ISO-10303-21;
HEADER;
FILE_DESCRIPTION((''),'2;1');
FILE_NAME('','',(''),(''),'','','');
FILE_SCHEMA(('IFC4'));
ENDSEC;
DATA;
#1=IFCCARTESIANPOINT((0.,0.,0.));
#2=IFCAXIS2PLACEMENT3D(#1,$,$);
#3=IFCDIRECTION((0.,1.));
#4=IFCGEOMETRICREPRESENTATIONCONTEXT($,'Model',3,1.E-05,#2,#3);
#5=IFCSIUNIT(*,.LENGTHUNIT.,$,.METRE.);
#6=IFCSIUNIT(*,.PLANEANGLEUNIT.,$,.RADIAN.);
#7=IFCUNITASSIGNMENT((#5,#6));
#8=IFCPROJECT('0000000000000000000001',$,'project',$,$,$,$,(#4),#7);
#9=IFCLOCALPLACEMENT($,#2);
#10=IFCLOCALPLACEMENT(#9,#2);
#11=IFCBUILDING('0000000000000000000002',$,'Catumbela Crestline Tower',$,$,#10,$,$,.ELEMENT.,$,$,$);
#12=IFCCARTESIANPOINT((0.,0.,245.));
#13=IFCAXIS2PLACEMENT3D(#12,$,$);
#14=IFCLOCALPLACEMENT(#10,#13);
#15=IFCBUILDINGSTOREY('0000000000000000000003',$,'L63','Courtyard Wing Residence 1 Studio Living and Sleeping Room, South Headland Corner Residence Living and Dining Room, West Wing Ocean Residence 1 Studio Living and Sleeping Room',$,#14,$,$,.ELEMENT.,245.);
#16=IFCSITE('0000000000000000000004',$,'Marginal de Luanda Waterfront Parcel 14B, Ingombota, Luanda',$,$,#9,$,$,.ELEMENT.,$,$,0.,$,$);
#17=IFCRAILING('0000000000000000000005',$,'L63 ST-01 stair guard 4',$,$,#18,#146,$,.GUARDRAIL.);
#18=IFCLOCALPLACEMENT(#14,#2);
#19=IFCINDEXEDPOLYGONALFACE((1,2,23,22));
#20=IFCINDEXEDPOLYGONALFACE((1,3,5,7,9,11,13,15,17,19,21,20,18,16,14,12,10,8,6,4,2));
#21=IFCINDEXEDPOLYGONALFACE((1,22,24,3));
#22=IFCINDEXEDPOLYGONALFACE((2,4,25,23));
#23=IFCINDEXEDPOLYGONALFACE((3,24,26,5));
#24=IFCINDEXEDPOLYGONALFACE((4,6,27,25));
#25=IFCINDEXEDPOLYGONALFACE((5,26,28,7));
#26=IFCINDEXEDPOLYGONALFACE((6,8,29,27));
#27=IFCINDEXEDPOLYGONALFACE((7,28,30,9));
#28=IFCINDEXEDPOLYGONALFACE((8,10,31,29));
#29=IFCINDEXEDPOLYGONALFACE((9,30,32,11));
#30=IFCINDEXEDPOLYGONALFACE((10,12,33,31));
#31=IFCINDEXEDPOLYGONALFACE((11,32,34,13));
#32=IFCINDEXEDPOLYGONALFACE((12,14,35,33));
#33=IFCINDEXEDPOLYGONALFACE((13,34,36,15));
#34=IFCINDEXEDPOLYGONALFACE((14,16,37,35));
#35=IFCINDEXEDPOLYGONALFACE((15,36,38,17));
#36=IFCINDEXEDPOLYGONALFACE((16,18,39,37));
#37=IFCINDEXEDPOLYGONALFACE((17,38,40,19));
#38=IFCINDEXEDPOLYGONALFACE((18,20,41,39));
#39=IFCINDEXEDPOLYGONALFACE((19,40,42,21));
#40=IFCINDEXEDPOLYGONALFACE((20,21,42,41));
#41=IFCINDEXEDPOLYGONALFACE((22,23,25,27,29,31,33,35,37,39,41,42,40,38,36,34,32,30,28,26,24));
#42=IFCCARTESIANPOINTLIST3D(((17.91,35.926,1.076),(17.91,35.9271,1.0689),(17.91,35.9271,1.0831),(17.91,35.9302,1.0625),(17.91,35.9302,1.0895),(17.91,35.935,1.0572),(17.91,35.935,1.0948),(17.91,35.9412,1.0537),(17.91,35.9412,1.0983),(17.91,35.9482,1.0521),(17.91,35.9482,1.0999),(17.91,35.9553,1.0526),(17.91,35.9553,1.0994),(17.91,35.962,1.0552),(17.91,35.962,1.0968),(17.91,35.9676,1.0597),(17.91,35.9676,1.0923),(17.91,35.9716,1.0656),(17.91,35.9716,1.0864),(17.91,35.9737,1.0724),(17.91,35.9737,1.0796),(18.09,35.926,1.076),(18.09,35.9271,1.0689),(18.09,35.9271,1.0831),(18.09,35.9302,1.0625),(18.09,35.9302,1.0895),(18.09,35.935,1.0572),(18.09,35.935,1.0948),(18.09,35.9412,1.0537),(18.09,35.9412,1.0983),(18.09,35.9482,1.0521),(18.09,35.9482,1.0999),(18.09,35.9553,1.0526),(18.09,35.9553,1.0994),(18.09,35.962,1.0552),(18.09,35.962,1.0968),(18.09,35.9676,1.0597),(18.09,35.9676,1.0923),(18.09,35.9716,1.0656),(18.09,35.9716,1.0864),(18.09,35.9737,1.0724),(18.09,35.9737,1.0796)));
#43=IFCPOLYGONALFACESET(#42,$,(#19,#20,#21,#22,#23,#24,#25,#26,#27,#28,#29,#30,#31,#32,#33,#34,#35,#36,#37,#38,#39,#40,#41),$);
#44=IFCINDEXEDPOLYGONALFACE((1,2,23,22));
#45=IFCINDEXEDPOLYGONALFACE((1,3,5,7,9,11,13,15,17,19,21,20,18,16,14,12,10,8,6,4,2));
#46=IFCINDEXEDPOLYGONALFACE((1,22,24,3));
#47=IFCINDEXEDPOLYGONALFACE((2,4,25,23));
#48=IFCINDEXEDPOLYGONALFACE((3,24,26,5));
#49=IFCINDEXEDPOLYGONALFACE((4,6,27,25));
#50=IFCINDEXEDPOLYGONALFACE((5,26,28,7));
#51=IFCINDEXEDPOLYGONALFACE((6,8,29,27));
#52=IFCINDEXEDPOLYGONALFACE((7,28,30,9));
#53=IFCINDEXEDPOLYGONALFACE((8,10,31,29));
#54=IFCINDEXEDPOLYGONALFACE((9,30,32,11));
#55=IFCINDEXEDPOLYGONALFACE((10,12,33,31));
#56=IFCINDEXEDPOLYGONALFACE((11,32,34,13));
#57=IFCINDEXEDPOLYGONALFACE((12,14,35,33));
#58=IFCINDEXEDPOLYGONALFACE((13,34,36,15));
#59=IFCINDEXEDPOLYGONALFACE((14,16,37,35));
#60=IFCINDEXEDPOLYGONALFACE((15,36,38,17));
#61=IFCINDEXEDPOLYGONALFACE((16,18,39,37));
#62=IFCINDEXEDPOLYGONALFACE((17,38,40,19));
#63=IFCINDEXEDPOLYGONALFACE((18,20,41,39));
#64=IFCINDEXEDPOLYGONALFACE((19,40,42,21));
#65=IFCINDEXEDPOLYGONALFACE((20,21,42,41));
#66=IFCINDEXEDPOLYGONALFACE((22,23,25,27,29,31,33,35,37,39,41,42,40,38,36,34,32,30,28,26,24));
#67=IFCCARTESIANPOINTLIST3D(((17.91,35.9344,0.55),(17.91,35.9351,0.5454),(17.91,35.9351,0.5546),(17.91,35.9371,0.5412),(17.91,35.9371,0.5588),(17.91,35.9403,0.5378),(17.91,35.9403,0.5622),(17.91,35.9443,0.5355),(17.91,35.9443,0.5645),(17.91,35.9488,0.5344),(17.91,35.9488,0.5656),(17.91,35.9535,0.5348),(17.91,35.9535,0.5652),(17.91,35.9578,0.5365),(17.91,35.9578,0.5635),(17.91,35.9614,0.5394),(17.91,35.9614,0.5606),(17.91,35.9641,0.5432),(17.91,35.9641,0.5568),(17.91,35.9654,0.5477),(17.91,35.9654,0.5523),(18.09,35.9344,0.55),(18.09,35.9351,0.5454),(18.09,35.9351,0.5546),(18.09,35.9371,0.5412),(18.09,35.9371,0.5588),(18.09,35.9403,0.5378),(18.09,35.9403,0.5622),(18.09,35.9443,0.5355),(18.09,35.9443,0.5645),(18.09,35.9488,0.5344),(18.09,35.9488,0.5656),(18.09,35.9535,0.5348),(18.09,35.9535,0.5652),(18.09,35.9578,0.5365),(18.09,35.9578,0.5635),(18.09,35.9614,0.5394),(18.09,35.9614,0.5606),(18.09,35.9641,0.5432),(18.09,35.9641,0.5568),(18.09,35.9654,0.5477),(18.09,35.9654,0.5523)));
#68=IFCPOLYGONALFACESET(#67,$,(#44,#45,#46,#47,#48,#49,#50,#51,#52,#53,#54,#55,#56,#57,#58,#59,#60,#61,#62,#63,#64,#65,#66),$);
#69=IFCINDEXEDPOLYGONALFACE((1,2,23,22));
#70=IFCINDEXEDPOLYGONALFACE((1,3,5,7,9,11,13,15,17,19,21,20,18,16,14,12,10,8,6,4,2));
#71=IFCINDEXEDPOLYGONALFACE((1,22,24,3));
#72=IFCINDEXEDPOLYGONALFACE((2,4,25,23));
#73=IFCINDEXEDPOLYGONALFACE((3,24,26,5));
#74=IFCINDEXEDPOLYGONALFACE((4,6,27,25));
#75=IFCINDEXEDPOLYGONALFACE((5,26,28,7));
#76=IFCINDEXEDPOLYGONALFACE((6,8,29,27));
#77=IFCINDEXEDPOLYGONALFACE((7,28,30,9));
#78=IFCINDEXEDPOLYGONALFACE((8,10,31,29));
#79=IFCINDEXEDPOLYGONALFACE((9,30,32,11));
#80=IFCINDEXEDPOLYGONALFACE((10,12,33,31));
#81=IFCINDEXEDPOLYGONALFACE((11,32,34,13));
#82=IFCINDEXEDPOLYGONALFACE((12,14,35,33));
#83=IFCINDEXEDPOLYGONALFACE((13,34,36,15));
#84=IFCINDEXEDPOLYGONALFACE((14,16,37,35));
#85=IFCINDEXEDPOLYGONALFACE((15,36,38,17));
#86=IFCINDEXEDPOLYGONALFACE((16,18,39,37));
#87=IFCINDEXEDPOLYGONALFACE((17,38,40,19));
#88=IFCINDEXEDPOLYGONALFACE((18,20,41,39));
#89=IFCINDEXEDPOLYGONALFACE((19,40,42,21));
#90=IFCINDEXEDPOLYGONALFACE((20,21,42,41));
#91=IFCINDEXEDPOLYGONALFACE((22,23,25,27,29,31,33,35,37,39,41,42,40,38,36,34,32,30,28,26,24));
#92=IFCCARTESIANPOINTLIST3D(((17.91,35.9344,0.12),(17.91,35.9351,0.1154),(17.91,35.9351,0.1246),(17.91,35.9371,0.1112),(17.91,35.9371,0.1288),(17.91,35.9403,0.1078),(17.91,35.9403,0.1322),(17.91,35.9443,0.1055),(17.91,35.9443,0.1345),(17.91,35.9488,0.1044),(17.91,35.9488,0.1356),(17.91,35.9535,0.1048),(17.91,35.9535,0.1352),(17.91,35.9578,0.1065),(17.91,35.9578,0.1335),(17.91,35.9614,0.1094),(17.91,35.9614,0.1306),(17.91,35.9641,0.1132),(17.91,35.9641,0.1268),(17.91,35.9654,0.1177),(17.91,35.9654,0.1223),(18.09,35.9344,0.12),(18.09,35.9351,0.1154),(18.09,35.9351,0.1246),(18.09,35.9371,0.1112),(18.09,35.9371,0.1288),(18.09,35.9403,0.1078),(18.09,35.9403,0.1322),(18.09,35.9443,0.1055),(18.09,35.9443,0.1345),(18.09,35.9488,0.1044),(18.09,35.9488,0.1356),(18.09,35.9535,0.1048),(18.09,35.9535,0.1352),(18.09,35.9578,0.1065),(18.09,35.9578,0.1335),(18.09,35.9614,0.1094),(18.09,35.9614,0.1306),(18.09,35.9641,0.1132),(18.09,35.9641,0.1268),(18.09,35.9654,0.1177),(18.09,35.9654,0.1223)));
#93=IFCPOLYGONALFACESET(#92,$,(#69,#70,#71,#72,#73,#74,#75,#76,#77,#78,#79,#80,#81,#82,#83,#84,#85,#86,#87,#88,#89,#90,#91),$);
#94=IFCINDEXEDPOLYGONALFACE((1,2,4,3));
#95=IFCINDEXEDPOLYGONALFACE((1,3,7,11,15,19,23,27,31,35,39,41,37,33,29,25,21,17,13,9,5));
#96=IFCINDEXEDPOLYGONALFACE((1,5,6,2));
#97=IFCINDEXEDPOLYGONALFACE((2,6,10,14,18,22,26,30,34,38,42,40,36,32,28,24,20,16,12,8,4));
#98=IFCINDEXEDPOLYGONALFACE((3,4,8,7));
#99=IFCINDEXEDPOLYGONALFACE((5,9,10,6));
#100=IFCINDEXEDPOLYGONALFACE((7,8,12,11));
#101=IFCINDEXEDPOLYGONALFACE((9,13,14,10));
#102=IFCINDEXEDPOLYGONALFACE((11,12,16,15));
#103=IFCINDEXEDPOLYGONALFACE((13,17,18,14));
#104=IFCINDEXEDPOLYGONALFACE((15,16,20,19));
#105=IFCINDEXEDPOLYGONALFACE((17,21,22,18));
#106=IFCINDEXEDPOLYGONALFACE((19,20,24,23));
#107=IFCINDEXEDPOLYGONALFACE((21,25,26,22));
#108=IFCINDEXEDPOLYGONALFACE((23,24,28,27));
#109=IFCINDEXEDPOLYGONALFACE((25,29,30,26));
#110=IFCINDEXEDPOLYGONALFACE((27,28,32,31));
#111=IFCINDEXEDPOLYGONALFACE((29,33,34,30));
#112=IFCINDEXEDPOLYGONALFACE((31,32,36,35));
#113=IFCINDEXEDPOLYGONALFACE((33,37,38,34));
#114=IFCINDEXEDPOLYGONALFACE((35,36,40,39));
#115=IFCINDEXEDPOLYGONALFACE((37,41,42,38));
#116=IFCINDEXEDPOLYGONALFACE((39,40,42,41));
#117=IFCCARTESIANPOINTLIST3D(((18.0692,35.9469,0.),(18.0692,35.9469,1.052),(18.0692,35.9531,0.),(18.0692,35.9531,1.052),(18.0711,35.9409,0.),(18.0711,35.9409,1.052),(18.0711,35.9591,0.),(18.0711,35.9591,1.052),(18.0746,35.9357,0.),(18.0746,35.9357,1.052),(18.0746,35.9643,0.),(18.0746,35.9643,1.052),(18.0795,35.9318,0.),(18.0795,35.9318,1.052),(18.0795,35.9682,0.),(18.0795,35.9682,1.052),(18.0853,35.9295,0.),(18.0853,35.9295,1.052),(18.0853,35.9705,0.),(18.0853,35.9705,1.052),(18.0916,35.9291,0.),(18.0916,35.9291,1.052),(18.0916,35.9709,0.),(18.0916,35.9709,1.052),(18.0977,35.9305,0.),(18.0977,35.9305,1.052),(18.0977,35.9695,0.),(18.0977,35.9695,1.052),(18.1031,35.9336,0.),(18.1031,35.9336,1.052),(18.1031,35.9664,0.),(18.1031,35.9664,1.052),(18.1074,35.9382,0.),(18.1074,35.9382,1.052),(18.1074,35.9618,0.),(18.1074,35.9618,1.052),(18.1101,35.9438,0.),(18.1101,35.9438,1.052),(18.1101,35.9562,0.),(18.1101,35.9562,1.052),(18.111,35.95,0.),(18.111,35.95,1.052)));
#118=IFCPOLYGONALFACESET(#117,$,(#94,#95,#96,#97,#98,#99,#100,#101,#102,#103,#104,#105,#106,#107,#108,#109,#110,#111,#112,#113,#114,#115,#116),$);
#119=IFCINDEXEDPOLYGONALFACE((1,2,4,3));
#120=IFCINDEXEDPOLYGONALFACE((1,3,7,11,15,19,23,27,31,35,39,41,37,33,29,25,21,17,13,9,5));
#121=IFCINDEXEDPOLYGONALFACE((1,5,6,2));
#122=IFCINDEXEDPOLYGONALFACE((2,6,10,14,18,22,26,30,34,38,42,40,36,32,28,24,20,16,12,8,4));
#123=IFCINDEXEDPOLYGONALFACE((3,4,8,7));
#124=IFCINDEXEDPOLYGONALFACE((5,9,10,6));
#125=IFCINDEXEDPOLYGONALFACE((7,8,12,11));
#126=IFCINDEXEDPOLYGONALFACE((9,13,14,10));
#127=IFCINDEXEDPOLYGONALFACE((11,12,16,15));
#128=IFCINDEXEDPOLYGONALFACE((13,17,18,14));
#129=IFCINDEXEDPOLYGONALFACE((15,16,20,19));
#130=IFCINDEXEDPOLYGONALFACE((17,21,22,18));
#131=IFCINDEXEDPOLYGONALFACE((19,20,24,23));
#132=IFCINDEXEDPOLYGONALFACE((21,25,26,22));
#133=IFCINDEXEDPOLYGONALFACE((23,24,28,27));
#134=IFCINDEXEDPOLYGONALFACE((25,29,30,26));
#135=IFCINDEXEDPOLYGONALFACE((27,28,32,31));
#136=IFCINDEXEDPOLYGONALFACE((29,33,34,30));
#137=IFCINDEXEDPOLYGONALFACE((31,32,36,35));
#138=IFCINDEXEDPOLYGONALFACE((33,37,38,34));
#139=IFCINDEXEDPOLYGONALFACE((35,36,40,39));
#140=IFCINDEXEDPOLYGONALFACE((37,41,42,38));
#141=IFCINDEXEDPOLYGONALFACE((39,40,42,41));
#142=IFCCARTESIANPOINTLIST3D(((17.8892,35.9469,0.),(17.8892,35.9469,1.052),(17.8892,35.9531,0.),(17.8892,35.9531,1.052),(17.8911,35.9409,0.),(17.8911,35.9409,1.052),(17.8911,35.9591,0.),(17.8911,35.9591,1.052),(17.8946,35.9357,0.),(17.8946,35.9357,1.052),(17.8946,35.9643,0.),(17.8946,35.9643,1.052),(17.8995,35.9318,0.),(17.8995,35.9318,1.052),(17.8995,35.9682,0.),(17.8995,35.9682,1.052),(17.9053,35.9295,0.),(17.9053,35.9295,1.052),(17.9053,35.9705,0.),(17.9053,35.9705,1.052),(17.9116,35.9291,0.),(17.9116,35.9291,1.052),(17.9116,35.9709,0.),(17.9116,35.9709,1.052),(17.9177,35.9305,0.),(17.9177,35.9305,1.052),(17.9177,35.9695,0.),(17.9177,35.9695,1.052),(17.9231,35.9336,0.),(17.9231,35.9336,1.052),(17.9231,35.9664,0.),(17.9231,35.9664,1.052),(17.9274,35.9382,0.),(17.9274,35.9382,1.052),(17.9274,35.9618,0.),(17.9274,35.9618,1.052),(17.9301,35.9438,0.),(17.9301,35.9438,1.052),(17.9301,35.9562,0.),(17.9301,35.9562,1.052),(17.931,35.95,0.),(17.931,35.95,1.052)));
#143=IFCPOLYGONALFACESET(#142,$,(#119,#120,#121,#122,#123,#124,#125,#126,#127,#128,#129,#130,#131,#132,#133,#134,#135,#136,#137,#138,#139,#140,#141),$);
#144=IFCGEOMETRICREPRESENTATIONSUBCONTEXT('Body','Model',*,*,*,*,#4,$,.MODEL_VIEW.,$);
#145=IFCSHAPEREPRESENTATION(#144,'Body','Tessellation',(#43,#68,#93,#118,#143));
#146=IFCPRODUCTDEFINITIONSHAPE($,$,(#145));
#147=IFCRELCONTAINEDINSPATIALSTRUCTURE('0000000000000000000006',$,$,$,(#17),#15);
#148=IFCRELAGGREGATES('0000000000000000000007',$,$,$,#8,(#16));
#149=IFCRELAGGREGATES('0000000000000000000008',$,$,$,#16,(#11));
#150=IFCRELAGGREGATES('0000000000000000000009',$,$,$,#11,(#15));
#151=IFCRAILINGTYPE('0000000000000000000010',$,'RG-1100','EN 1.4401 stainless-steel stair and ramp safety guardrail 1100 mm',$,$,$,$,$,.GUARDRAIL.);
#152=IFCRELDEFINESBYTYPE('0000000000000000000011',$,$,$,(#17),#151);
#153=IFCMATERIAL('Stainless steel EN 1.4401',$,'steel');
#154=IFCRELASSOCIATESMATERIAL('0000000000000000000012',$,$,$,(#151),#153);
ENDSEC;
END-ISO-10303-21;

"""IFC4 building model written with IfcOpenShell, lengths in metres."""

from ifc_helpers import new_model, si_unit, direction, frame, origin, origin_2d, place, context, subcontext, project, spatial, circle, extrude, material, type_object, element, save


model = new_model("IFC4")

# Units and contexts
model_context = context("Model", 3, precision=1e-05, world=origin(), true_north=direction((0.0, 1.0)))
body_context = subcontext(model_context, "Body", "Model", "MODEL_VIEW")
ifc_project = project(units=[si_unit("LENGTHUNIT", "METRE"), si_unit("PLANEANGLEUNIT", "RADIAN")], contexts=[model_context])

# Site, building, storey
site_placement = place(None, origin())
site = spatial("IfcSite", under=ifc_project, at=site_placement, Name="Marginal de Luanda Waterfront Parcel 14B, Ingombota, Luanda", CompositionType="ELEMENT", RefElevation=0.0)
building_placement = place(site_placement, origin())
building = spatial("IfcBuilding", under=site, at=building_placement, Name="Catumbela Crestline Tower", CompositionType="ELEMENT")
storey_placement = place(building_placement, frame((0.0, 0.0, 245.0)))
storey = spatial("IfcBuildingStorey", under=building, at=storey_placement, Name="L63", Description="Courtyard Wing Residence 1 Studio Living and Sleeping Room, South Headland Corner Residence Living and Dining Room, West Wing Ocean Residence 1 Studio Living and Sleeping Room", CompositionType="ELEMENT", Elevation=245.0)

# Shared definitions
ifc_material_1 = material(Name="Stainless steel EN 1.4401", Category="steel")

# Railing
railing_type_1 = type_object("IfcRailingType", Name="RG-1100", Description="EN 1.4401 stainless-steel stair and ramp safety guardrail 1100 mm", PredefinedType="GUARDRAIL", material=ifc_material_1)
railing_1_placement = place(storey_placement, frame((18.09, 35.95, 0.0)))
element("IfcRailing", 1, at=railing_1_placement, inside=storey, type_object=railing_type_1, Name="L63 ST-01 stair guard 4", PredefinedType="GUARDRAIL", context=body_context, shape_type="SweptSolid", body=[
    extrude(circle(Radius=0.024, at=origin_2d()), frame((0.0, 0.0, 1.076), z_axis=(-1.0, 0.0, 0.0), x_axis=(0.0, -1.0, 0.0)), (0.0, 0.0, 1.0), 0.18),
    extrude(circle(Radius=0.0156, at=origin_2d()), frame((0.0, 0.0, 0.55), z_axis=(-1.0, 0.0, 0.0), x_axis=(0.0, -1.0, 0.0)), (0.0, 0.0, 1.0), 0.18),
    extrude(circle(Radius=0.0156, at=origin_2d()), frame((0.0, 0.0, 0.12), z_axis=(-1.0, 0.0, 0.0), x_axis=(0.0, -1.0, 0.0)), (0.0, 0.0, 1.0), 0.18),
    extrude(circle(Radius=0.021, at=origin_2d()), origin(), (0.0, 0.0, 1.0), 1.052),
    extrude(circle(Radius=0.021, at=origin_2d()), frame((-0.18, 0.0, 0.0)), (0.0, 0.0, 1.0), 1.052),
])

save(model, "model.ifc")
